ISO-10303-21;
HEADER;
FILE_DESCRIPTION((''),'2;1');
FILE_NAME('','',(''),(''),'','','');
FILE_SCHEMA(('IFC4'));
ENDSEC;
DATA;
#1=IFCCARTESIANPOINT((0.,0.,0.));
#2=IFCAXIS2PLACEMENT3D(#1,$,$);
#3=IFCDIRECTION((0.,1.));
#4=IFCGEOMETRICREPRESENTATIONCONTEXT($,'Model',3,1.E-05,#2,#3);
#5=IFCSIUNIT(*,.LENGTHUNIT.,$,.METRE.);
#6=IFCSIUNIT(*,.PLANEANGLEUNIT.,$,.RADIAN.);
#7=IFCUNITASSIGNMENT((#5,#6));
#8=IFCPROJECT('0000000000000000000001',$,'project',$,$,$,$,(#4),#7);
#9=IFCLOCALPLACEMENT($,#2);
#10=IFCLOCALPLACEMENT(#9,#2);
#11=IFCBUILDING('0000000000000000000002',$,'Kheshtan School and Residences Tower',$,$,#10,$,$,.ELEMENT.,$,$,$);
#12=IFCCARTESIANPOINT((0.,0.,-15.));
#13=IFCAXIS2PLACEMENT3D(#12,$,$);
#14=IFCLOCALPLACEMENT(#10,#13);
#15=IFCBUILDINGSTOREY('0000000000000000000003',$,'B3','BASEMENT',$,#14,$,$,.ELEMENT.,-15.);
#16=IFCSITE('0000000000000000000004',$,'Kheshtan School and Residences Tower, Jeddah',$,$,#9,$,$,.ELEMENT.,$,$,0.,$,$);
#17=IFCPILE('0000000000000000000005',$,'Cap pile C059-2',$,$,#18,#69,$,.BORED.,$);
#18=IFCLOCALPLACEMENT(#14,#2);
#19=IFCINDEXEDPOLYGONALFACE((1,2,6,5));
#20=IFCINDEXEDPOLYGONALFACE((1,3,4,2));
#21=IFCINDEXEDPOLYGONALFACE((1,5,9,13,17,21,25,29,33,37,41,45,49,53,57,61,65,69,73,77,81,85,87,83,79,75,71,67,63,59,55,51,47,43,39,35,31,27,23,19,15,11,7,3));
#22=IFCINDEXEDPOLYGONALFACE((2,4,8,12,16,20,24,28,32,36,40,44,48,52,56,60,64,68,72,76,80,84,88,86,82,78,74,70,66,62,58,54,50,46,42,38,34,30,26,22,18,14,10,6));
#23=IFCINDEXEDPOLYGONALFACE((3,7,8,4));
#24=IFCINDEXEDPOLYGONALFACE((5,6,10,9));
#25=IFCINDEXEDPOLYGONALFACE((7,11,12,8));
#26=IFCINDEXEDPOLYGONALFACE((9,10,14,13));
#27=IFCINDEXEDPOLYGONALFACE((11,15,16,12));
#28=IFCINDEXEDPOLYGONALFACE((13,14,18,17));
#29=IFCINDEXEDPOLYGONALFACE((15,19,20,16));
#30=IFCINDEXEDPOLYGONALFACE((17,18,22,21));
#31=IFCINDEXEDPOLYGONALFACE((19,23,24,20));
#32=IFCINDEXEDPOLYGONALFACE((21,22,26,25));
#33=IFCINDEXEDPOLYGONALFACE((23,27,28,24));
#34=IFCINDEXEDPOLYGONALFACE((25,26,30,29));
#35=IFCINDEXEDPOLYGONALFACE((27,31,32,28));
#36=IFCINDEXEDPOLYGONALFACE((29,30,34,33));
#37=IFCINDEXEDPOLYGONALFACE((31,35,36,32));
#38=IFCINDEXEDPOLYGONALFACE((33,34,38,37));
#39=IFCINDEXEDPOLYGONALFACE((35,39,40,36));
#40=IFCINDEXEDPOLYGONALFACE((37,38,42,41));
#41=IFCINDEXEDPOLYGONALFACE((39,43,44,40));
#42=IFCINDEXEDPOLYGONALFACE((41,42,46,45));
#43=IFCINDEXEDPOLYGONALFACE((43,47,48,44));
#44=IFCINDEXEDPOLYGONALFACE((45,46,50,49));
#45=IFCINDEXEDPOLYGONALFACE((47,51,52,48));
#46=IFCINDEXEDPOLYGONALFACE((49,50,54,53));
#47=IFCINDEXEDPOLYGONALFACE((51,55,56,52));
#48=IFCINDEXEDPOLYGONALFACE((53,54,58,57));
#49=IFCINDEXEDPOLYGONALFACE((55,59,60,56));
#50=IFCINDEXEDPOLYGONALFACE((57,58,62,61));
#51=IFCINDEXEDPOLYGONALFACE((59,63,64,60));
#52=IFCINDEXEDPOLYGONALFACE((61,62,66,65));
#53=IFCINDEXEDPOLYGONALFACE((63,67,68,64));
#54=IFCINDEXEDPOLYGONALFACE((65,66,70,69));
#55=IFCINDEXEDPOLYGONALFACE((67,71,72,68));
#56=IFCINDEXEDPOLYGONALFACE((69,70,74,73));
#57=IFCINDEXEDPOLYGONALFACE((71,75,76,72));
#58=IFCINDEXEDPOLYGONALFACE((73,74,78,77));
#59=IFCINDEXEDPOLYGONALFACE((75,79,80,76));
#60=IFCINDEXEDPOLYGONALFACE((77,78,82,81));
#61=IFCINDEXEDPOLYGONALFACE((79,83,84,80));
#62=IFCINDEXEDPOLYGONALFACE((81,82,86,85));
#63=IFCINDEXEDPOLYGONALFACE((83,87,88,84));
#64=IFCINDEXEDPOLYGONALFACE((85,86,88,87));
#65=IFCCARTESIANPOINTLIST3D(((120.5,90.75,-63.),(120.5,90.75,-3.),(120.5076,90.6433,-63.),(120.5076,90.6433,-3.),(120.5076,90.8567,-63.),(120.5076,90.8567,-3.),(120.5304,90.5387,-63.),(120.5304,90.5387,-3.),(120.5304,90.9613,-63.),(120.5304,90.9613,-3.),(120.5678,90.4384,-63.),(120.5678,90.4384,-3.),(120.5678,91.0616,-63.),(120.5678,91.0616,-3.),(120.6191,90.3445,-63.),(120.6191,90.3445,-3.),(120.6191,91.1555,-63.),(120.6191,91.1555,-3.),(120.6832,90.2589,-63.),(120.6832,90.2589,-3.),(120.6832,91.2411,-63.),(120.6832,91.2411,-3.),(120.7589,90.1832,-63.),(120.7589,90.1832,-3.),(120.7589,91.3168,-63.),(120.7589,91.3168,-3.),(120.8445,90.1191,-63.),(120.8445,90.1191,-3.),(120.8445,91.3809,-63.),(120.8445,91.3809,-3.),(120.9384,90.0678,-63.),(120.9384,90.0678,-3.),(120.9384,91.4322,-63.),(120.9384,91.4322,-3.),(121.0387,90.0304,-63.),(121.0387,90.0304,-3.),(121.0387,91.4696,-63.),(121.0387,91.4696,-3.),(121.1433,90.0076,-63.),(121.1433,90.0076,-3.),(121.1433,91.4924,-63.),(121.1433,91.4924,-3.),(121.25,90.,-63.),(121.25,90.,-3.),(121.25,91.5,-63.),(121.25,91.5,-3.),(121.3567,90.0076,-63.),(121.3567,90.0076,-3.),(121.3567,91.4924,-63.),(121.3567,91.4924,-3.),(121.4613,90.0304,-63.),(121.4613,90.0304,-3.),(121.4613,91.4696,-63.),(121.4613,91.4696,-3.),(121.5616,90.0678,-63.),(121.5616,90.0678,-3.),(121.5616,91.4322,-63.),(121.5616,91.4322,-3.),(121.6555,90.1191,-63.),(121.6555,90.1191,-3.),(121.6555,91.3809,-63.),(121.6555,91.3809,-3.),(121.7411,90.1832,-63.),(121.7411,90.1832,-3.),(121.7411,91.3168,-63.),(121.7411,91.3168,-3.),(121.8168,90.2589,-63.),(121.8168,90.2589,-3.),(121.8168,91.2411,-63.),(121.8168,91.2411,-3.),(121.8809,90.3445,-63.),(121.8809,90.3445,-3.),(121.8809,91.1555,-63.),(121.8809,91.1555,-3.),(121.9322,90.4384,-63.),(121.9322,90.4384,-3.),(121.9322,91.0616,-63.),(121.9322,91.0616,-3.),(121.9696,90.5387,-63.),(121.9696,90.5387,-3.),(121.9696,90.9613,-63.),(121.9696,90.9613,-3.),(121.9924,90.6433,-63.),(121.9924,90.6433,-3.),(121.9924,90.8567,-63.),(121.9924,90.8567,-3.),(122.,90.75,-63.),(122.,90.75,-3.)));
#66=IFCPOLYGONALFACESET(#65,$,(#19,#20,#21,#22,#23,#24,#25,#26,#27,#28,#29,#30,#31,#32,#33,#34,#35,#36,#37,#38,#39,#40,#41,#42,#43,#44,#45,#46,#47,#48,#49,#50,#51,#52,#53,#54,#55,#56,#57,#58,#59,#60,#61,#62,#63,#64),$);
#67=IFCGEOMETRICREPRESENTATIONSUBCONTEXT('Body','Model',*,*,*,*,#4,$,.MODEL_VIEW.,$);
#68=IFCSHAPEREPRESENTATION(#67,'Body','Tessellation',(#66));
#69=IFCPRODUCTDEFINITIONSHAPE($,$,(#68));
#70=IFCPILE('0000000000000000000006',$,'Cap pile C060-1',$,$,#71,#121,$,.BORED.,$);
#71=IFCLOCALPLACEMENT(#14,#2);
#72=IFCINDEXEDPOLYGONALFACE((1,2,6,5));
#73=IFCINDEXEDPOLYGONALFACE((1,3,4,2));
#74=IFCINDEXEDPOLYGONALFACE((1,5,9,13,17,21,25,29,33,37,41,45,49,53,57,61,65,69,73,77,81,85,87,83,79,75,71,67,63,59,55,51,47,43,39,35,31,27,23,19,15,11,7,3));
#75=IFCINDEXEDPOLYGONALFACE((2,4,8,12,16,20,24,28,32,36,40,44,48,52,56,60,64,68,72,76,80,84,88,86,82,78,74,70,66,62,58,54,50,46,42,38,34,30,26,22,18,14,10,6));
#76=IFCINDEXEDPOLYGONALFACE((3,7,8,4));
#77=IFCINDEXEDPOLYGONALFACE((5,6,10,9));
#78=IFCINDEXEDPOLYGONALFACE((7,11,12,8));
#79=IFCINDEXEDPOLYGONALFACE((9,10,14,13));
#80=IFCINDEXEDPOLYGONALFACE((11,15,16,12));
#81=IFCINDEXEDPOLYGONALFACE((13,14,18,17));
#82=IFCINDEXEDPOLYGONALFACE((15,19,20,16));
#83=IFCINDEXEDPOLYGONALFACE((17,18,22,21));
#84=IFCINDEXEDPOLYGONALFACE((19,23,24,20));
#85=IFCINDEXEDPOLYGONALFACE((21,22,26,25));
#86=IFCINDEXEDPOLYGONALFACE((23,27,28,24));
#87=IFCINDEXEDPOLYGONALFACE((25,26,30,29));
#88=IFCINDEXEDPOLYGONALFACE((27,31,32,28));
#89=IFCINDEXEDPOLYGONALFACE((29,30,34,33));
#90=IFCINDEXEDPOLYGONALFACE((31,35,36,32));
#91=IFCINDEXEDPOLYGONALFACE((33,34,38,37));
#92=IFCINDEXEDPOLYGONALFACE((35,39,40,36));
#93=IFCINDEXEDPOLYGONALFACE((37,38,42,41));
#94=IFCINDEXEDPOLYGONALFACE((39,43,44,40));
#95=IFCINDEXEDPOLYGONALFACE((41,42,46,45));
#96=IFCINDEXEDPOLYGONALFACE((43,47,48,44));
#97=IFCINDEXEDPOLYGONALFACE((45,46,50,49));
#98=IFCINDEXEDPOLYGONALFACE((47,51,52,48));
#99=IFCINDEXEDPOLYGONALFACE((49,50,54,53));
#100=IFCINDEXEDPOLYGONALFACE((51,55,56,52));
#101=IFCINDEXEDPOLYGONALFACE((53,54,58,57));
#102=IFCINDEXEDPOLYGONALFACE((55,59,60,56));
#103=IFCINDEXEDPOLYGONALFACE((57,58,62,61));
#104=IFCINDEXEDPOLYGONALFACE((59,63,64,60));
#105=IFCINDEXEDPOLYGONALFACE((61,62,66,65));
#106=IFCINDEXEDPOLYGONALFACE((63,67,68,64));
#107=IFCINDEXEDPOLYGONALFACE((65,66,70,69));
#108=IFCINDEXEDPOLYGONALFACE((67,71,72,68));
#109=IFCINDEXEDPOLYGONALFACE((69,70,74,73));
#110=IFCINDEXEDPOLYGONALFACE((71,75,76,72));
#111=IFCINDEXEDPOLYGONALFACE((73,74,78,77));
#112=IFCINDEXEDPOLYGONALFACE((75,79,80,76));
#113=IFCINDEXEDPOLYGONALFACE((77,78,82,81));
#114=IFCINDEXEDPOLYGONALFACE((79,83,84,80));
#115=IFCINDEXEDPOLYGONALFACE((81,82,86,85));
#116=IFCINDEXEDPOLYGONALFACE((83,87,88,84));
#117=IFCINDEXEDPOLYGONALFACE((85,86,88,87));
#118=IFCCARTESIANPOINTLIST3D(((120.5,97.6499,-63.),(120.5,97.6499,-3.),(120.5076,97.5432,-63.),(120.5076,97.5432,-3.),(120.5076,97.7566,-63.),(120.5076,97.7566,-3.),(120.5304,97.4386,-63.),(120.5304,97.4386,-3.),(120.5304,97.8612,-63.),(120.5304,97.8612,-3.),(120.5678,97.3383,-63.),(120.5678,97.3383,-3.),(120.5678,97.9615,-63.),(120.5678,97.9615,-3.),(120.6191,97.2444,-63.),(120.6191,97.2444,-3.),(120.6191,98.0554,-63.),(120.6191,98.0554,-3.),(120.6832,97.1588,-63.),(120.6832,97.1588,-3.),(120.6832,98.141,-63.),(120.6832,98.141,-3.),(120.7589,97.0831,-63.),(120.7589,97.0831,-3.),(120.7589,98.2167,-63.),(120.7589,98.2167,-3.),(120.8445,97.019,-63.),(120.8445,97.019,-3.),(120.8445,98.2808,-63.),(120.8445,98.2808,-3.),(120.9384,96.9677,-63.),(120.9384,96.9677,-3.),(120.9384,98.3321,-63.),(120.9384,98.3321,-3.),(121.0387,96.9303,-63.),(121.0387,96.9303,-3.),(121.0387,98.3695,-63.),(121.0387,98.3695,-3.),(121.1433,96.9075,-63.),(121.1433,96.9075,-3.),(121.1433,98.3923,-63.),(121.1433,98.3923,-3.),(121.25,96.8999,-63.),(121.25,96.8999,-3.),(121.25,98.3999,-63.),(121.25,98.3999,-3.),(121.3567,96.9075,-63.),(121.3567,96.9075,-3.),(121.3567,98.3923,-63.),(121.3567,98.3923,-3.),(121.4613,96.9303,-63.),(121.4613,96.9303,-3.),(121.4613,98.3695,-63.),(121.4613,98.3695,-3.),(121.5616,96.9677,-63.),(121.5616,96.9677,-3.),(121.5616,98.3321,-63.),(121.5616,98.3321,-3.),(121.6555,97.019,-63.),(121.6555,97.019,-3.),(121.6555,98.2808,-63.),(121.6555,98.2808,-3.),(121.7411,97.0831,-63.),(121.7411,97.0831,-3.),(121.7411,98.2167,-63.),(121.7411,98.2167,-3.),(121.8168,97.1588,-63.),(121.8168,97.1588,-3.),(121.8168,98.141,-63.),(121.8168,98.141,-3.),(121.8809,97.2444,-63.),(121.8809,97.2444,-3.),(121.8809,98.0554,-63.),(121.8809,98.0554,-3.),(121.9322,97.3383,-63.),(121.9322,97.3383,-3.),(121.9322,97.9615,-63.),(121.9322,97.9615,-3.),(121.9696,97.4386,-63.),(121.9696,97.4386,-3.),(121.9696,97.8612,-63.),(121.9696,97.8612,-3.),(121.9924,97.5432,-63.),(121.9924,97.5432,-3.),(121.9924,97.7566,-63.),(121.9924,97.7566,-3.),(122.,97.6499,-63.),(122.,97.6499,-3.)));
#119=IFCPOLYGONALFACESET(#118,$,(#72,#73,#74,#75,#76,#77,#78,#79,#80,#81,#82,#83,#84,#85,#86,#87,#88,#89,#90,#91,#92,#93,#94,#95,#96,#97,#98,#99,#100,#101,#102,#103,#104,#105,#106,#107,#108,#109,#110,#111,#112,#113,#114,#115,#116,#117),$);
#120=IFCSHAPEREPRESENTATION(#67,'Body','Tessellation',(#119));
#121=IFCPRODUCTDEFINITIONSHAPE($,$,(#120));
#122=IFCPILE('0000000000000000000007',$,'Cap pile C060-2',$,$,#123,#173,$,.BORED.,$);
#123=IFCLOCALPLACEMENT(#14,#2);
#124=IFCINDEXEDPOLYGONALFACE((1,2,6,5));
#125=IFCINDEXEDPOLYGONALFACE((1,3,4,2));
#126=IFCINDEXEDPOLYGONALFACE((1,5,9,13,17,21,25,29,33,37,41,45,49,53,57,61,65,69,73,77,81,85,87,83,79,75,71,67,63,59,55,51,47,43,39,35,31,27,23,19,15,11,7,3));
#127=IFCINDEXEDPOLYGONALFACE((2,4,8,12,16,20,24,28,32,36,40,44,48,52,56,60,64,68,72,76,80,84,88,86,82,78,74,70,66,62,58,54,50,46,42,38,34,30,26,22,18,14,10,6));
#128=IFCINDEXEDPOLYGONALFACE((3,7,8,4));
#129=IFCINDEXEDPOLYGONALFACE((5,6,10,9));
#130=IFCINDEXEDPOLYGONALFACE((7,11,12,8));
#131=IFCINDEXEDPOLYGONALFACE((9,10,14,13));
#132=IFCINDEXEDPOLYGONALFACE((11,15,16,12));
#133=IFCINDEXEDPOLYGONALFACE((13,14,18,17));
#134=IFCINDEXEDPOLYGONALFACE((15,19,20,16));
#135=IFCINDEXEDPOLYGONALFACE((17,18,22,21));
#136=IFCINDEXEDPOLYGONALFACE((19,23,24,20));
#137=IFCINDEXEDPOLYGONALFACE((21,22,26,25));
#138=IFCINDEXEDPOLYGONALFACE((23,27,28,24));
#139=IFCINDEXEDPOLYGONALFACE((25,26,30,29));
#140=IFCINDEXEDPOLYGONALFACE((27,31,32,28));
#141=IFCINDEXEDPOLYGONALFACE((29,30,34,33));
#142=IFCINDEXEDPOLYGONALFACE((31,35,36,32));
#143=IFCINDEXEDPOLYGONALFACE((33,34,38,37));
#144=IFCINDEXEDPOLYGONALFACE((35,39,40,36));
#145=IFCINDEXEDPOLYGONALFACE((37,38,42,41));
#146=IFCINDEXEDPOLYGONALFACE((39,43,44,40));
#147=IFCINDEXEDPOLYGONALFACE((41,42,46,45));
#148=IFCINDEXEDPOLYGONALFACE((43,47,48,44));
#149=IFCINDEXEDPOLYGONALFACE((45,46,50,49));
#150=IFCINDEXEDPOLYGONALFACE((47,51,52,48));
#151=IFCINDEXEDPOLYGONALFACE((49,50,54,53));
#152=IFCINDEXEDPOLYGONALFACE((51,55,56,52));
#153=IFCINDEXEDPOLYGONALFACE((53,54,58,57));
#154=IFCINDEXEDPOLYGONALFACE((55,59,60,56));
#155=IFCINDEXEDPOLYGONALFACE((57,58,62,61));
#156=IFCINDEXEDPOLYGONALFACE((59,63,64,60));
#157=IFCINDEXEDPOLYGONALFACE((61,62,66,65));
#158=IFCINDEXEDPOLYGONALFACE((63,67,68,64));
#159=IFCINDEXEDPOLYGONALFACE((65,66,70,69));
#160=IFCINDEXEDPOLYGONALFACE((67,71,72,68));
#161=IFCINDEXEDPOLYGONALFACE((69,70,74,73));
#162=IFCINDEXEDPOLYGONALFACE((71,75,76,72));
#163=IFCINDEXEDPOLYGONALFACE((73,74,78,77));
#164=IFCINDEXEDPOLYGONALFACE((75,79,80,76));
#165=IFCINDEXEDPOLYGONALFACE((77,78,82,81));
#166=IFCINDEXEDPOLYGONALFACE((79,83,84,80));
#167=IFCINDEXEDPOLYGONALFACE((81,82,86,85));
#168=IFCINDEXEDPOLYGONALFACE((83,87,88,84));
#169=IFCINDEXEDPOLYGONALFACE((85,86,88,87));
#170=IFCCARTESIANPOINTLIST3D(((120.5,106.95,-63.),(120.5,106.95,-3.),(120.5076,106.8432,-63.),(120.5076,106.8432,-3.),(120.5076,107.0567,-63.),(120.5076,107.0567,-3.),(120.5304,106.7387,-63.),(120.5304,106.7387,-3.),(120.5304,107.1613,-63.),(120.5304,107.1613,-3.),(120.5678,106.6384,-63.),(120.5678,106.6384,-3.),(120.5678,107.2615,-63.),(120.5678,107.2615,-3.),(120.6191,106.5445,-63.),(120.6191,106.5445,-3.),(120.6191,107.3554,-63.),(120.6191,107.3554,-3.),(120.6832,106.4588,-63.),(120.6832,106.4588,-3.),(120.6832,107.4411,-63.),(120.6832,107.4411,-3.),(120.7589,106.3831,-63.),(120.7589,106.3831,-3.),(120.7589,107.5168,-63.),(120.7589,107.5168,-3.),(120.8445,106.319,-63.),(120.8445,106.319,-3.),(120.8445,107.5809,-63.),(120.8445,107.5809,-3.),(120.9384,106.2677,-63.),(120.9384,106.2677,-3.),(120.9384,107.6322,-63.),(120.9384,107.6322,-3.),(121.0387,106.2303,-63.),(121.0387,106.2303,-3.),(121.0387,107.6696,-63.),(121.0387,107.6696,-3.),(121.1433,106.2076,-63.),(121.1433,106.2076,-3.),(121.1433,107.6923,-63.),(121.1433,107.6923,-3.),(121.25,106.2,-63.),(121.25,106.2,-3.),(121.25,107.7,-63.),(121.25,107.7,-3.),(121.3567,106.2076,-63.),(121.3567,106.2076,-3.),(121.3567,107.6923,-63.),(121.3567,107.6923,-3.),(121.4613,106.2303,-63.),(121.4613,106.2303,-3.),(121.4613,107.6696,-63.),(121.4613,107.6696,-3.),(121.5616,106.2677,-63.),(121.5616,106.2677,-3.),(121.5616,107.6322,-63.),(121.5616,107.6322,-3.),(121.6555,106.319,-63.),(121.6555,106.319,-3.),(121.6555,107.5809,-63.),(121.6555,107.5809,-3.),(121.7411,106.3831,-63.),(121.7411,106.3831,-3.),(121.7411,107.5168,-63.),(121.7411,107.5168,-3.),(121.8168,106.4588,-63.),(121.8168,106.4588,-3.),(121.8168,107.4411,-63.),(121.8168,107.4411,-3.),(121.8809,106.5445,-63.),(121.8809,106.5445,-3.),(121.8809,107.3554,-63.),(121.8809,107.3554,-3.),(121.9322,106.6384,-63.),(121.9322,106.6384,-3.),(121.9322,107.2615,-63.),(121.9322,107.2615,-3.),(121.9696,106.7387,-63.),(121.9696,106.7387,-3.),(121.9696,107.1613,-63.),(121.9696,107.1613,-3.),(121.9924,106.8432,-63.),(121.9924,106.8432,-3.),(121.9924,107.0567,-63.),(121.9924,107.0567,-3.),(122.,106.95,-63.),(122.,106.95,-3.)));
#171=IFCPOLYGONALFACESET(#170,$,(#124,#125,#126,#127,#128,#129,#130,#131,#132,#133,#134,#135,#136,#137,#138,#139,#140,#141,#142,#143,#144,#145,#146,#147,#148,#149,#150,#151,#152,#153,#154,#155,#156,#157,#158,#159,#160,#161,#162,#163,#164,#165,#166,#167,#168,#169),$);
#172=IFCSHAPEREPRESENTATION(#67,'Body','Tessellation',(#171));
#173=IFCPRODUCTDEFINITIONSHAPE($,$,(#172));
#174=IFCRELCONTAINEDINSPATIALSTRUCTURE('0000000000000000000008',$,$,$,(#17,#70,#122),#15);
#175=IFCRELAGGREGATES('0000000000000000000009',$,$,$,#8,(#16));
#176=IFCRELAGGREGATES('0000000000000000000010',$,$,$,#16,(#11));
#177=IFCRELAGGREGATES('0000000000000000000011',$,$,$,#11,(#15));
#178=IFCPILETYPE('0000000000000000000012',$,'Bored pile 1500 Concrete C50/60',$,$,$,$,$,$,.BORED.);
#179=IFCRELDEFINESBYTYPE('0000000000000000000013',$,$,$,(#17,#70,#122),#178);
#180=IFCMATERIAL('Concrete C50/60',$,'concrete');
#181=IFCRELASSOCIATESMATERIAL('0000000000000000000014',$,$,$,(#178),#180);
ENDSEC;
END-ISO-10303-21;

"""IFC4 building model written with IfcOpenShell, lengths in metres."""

from ifc_helpers import new_model, si_unit, direction, frame, origin, origin_2d, place, context, subcontext, project, spatial, circle, extrude, material, material_profile, profile_set, type_object, element, save


model = new_model("IFC4")

# Units and contexts
model_context = context("Model", 3, precision=1e-05, world=origin(), true_north=direction((0.0, 1.0)))
body_context = subcontext(model_context, "Body", "Model", "MODEL_VIEW")
ifc_project = project(units=[si_unit("LENGTHUNIT", "METRE"), si_unit("PLANEANGLEUNIT", "RADIAN")], contexts=[model_context])

# Site, building, storey
site_placement = place(None, origin())
site = spatial("IfcSite", under=ifc_project, at=site_placement, Name="Kheshtan School and Residences Tower, Jeddah", CompositionType="ELEMENT", RefElevation=0.0)
building_placement = place(site_placement, origin())
building = spatial("IfcBuilding", under=site, at=building_placement, Name="Kheshtan School and Residences Tower", CompositionType="ELEMENT")
storey_placement = place(building_placement, frame((0.0, 0.0, -15.0)))
storey = spatial("IfcBuildingStorey", under=building, at=storey_placement, Name="B3", Description="BASEMENT", CompositionType="ELEMENT", Elevation=-15.0)

# Piles
ifc_material_1 = material(Name="Concrete C50/60", Category="concrete")
ifc_material_profile_1 = material_profile(ifc_material_1, circle(Radius=0.75, at=origin_2d()), Name="BP 1500")
ifc_profile_set_1 = profile_set([ifc_material_profile_1], Name="Concrete C50/60")
pile_type = type_object("IfcPileType", Name="Bored pile 1500 Concrete C50/60", PredefinedType="BORED", material=ifc_profile_set_1)
for number, where, z_axis, x_axis, name in (
    (1, (121.25, 90.75, -3.0), (0.0, 0.0, -1.0), (1.0, 0.0, 0.0), "Cap pile C059-2"),
    (2, (121.25, 97.6499, -3.0), (0.0, 0.0, -1.0), (1.0, 0.0, 0.0), "Cap pile C060-1"),
    (3, (121.25, 106.95, -3.0), (0.0, 0.0, -1.0), (1.0, 0.0, 0.0), "Cap pile C060-2"),
):
    element("IfcPile", number, at=place(storey_placement, frame(where, z_axis=z_axis, x_axis=x_axis)), inside=storey, type_object=pile_type, Name=name, PredefinedType="BORED", context=body_context, shape_type="SweptSolid", body=[
        extrude(circle(Radius=0.75, at=origin_2d()), origin(), (0.0, 0.0, 1.0), 60.0),
    ])

save(model, "model.ifc")
